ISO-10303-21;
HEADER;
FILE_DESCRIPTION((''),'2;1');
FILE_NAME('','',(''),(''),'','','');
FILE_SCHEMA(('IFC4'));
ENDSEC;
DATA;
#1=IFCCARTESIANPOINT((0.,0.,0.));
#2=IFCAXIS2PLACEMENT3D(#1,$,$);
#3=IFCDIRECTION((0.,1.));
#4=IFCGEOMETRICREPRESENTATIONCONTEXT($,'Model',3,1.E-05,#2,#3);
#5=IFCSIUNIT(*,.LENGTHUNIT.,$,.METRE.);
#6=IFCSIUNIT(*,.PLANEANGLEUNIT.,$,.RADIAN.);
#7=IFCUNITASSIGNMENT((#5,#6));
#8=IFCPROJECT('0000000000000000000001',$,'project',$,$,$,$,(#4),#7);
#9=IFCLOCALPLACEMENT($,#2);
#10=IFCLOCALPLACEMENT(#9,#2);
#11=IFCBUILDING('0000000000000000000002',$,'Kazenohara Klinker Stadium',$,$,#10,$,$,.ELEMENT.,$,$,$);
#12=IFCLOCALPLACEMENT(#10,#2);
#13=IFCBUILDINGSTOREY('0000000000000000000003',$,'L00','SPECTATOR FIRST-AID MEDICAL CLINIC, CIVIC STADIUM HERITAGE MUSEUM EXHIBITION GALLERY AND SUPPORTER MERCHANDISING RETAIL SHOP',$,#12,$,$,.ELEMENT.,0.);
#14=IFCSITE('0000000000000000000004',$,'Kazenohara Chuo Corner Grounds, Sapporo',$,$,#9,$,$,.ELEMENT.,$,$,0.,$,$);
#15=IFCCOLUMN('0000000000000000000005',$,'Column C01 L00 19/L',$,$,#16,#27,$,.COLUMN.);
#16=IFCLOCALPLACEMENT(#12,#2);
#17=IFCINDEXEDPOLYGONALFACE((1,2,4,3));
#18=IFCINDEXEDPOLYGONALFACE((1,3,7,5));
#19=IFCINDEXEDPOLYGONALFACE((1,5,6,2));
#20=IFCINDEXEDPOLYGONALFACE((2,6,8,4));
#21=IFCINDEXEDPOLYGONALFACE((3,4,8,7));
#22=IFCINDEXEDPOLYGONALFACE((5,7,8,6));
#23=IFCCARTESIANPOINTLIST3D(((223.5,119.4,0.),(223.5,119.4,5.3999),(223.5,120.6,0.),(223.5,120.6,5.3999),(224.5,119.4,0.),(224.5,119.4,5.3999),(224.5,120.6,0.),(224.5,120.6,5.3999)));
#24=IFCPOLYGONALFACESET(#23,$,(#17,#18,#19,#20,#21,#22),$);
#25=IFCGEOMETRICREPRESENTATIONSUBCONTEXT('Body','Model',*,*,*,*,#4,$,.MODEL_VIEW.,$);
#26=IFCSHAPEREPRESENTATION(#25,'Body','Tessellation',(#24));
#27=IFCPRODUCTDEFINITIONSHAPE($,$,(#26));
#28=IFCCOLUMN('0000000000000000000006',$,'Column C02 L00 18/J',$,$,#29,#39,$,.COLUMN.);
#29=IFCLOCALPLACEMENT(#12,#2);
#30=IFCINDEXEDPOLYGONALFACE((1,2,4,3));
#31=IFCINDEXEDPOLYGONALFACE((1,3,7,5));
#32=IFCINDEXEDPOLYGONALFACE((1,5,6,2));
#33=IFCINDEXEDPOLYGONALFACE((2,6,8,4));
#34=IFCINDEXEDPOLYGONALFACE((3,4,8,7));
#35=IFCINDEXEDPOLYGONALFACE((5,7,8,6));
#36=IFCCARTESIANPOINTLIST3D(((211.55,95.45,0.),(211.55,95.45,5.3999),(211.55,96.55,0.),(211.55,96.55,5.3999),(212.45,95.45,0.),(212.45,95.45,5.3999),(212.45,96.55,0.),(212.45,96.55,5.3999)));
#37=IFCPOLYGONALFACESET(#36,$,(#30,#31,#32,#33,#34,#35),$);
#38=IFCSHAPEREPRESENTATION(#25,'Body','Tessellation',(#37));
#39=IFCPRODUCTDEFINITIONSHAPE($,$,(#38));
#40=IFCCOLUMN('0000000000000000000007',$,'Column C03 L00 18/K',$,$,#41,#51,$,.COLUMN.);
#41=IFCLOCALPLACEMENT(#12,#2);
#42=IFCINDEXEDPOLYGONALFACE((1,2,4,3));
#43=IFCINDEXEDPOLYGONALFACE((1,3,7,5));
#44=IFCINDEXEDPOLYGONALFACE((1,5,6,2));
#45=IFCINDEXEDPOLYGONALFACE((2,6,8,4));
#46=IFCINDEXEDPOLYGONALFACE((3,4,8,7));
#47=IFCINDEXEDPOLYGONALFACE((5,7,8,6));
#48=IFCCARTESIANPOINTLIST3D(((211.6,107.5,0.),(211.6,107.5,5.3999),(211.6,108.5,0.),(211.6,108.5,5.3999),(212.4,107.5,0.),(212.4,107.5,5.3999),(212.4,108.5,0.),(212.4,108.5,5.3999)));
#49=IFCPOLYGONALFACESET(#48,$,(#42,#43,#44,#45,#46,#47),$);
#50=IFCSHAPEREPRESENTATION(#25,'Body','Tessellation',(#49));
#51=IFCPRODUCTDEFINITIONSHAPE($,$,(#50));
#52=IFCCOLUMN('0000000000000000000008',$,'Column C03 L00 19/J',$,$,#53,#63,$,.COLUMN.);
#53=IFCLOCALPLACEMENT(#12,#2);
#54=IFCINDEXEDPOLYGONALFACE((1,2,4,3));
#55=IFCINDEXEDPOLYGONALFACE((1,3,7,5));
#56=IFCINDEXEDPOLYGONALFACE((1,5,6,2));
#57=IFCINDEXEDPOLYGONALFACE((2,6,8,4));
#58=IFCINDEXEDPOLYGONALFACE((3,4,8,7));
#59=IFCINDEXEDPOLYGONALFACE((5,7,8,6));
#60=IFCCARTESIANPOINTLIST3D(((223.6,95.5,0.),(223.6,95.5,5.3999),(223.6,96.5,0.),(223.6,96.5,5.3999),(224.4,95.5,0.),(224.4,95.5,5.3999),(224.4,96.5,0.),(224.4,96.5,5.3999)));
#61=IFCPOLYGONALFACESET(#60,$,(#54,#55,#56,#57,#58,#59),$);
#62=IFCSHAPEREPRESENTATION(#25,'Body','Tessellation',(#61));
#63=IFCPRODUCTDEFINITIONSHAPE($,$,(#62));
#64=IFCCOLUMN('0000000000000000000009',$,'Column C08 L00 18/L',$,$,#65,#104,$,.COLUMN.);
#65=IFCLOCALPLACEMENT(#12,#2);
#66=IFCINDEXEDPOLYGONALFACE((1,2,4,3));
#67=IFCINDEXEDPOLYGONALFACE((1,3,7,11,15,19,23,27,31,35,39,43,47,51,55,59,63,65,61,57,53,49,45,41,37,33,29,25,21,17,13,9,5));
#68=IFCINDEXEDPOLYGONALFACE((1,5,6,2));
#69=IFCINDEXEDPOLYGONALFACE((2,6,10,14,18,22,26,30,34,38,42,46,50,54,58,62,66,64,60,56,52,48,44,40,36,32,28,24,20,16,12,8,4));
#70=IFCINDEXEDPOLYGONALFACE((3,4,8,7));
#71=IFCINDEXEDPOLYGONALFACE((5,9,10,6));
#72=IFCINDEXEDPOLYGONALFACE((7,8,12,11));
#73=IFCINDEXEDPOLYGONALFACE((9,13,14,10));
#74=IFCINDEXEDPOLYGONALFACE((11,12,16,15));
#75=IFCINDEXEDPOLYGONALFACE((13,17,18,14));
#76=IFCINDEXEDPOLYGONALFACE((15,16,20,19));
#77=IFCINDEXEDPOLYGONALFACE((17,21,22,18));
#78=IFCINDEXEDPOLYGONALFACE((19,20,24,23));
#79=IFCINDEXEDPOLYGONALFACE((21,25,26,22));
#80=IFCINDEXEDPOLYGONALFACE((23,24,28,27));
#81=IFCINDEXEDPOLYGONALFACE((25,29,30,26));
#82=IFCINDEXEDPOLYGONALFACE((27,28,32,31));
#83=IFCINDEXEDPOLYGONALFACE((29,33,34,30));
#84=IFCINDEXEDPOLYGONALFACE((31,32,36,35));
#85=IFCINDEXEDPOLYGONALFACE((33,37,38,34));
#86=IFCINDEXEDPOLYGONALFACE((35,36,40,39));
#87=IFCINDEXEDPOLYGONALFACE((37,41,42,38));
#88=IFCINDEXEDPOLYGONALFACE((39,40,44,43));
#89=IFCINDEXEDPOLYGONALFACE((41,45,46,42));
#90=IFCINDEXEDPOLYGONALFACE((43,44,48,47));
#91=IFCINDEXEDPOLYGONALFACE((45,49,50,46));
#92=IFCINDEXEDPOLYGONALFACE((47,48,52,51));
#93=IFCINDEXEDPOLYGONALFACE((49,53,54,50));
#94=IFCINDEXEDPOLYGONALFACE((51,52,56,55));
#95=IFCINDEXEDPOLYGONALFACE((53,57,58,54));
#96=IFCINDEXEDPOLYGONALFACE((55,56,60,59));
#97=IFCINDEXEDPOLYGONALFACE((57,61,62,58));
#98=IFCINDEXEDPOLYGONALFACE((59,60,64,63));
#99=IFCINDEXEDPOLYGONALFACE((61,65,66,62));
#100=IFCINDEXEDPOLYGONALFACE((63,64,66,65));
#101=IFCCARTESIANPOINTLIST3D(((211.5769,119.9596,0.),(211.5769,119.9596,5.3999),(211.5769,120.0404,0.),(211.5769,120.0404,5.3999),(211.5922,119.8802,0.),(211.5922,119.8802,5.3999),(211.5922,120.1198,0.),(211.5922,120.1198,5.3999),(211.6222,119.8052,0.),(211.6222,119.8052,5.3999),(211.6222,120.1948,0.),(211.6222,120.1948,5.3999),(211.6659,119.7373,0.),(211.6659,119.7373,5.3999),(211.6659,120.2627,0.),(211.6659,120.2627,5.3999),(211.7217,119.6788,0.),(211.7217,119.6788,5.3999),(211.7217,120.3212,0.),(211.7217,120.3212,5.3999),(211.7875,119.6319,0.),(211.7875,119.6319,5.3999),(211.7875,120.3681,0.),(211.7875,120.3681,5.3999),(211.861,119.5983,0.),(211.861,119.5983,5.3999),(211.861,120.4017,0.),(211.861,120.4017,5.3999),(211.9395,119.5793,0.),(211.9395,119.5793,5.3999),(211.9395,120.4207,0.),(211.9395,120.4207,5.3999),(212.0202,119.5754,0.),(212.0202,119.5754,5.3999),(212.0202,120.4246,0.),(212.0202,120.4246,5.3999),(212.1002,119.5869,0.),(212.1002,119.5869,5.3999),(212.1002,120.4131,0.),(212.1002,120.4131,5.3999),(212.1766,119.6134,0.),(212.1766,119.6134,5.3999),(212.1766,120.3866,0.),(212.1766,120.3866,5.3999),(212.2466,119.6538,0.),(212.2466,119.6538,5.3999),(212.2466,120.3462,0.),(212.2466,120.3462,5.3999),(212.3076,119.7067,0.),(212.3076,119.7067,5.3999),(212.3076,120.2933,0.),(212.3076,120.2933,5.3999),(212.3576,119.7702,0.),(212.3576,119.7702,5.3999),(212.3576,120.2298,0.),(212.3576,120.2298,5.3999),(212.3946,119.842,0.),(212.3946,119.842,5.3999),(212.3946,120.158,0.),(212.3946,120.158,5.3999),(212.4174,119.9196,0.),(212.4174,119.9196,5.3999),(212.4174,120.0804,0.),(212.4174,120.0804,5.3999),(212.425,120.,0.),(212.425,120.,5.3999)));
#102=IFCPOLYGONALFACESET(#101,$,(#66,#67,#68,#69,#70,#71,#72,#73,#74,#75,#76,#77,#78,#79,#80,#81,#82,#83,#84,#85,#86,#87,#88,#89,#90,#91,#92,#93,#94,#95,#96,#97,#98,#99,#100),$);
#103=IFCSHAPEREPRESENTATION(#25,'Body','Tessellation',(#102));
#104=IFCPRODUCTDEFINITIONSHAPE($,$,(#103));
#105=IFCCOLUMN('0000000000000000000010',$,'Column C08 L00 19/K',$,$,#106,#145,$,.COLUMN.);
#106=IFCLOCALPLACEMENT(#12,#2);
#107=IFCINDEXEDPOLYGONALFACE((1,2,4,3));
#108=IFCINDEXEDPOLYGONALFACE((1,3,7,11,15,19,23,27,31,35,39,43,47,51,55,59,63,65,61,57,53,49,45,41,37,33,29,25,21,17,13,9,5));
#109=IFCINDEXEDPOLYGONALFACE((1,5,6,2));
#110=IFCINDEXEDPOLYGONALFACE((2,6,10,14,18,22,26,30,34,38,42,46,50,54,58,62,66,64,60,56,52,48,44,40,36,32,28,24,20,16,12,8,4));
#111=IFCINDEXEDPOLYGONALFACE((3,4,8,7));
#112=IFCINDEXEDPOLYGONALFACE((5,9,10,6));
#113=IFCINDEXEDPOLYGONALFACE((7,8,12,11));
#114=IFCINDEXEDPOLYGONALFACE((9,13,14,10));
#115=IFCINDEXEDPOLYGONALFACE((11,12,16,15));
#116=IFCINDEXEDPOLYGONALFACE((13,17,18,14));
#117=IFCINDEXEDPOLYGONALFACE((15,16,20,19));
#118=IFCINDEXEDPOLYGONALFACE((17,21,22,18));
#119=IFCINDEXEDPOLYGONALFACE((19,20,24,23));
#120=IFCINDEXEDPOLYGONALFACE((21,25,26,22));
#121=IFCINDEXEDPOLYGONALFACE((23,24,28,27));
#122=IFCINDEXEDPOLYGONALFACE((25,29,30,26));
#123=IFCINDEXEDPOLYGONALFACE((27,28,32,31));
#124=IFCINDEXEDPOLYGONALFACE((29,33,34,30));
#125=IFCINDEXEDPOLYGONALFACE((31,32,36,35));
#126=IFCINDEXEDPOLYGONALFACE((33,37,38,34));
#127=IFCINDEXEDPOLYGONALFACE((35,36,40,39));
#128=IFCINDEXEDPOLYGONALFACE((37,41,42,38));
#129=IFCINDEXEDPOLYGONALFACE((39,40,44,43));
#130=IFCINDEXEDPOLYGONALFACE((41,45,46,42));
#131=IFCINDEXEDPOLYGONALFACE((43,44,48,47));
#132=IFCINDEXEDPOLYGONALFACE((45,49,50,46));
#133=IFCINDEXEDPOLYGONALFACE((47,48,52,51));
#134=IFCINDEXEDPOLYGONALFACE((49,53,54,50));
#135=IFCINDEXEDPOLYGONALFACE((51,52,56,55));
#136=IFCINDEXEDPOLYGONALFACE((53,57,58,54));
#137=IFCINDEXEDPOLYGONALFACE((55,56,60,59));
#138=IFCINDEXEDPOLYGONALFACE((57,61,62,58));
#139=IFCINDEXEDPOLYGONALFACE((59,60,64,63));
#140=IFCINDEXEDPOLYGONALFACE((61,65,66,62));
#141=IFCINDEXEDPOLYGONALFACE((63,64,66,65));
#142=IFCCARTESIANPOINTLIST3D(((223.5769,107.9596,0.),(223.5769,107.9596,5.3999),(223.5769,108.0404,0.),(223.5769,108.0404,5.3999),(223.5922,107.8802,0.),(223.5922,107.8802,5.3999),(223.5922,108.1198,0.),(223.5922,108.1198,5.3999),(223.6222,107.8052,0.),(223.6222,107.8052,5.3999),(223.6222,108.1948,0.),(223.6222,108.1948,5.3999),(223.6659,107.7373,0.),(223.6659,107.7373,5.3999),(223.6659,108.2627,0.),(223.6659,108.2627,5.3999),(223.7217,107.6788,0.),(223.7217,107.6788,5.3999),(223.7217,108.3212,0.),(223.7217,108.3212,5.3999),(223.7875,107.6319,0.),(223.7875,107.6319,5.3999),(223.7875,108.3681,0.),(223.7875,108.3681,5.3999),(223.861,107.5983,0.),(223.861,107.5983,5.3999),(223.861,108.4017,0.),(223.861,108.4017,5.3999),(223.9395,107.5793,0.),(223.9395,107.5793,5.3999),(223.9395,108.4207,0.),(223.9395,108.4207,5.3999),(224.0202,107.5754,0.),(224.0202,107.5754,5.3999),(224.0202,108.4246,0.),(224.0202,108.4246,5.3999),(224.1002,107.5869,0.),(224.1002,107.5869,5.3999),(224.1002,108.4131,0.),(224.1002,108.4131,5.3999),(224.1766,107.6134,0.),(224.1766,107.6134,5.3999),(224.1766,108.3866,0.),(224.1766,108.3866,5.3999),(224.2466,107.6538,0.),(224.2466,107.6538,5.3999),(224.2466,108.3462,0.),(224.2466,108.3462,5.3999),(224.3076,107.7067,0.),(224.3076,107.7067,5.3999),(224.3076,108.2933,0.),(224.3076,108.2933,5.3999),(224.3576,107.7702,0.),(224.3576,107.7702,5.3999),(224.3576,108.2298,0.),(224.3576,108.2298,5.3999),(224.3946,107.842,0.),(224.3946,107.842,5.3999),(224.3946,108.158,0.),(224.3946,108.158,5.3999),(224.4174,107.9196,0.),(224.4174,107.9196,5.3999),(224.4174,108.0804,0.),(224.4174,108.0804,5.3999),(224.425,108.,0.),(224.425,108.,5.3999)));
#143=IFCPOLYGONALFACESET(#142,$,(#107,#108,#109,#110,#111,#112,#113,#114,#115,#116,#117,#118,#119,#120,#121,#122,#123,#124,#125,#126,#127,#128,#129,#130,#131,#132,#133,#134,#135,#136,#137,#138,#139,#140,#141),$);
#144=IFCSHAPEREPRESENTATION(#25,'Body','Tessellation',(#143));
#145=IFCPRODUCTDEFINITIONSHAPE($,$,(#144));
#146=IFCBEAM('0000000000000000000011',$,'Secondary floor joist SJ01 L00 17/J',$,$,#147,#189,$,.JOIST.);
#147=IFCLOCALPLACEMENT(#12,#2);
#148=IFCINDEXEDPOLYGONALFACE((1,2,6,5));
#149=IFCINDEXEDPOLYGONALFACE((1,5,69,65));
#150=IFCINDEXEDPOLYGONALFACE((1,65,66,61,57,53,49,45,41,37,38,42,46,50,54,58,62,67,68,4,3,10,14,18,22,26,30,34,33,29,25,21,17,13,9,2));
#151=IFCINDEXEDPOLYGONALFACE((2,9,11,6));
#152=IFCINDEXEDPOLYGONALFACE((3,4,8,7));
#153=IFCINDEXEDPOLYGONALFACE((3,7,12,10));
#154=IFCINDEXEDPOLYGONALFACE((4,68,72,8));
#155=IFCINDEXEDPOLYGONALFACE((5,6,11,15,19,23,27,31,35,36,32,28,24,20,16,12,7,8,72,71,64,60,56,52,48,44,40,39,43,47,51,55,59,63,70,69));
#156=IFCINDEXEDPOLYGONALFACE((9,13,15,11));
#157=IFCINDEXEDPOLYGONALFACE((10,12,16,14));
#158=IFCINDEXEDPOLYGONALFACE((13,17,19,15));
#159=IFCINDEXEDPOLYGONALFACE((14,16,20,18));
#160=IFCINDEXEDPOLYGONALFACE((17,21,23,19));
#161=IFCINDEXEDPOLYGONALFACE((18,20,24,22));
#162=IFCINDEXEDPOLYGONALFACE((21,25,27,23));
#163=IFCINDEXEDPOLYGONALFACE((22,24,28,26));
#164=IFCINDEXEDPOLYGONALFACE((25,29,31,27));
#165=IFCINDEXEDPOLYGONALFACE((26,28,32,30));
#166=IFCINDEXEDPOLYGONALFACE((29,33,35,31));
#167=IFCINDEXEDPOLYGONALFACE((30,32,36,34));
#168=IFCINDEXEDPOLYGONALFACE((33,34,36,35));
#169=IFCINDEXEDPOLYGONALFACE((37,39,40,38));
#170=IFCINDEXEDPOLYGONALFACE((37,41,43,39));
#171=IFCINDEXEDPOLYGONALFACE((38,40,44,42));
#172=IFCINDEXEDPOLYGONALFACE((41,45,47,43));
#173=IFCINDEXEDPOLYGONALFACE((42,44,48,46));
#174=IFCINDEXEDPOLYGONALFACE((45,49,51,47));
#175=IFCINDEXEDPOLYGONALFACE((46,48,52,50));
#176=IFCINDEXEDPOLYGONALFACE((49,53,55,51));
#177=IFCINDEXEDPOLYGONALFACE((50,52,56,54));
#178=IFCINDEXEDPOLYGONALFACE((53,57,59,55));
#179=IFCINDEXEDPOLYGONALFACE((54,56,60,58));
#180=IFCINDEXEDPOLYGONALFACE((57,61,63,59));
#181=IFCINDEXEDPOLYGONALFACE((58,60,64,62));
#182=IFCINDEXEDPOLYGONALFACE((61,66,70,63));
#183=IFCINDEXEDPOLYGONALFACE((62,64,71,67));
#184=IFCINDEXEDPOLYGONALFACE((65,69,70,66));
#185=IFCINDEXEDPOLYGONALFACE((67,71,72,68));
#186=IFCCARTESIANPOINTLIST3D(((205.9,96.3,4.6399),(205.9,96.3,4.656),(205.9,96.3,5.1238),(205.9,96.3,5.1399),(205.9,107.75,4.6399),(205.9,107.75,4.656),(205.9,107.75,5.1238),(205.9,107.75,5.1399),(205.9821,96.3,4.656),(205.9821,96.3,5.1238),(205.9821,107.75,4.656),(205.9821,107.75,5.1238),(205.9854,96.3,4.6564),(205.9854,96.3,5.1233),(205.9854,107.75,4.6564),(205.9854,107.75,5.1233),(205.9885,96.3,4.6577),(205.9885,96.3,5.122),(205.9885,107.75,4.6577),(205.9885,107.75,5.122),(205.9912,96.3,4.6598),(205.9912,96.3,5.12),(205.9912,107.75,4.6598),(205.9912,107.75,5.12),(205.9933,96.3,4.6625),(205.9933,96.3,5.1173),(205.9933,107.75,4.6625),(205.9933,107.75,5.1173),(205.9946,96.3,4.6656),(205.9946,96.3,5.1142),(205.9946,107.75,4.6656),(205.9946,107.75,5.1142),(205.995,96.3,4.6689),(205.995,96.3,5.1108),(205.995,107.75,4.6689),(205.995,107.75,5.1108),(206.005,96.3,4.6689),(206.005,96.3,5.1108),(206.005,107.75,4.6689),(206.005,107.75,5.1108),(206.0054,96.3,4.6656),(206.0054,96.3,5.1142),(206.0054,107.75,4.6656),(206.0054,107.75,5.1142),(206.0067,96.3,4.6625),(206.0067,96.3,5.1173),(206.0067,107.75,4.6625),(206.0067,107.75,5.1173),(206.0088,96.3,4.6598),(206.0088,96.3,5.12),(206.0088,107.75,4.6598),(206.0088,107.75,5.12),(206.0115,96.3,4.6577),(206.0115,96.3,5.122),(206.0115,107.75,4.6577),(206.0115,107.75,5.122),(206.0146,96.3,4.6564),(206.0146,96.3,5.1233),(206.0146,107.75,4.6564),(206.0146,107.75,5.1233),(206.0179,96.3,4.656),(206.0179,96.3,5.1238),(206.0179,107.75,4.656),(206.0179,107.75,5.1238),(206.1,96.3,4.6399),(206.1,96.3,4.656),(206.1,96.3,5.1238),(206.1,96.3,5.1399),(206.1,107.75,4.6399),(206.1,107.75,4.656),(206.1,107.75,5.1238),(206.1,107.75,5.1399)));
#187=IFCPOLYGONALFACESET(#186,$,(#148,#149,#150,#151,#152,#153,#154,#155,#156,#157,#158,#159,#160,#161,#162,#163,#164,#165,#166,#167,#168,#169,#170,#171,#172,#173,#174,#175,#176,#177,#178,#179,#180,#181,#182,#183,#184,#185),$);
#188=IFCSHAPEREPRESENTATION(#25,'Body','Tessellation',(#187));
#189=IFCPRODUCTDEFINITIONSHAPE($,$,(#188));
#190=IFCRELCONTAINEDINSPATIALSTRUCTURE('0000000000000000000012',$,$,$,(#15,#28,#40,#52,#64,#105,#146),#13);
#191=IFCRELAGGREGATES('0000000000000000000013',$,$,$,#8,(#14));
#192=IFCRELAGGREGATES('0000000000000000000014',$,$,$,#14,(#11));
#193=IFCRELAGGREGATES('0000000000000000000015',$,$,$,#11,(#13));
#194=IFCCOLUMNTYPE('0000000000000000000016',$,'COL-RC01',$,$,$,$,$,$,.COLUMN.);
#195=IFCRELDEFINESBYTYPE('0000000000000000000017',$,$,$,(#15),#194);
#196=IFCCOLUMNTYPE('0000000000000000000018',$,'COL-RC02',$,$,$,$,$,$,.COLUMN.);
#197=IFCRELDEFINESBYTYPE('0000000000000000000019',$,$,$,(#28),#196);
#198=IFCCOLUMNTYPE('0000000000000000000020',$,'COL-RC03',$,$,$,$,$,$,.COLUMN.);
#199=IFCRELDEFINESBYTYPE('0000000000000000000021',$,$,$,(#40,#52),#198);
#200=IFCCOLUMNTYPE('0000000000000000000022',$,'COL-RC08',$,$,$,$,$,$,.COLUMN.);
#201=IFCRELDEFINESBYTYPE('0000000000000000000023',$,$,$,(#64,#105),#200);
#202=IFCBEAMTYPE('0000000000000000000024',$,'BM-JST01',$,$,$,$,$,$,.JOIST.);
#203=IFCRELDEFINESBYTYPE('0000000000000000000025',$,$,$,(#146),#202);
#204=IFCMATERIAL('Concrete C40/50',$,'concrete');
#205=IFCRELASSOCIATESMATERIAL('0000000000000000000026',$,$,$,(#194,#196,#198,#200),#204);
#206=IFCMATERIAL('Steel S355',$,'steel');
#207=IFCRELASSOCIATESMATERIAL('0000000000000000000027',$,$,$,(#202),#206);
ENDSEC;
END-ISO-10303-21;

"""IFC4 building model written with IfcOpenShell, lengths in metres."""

from ifc_helpers import new_model, si_unit, direction, frame, origin, origin_2d, place, context, subcontext, project, spatial, rectangle, circle, i_section, extrude, material, material_profile, profile_set, type_object, element, save


model = new_model("IFC4")

# Units and contexts
model_context = context("Model", 3, precision=1e-05, world=origin(), true_north=direction((0.0, 1.0)))
body_context = subcontext(model_context, "Body", "Model", "MODEL_VIEW")
ifc_project = project(units=[si_unit("LENGTHUNIT", "METRE"), si_unit("PLANEANGLEUNIT", "RADIAN")], contexts=[model_context])

# Site, building, storey
site_placement = place(None, origin())
site = spatial("IfcSite", under=ifc_project, at=site_placement, Name="Kazenohara Chuo Corner Grounds, Sapporo", CompositionType="ELEMENT", RefElevation=0.0)
building_placement = place(site_placement, origin())
building = spatial("IfcBuilding", under=site, at=building_placement, Name="Kazenohara Klinker Stadium", CompositionType="ELEMENT")
storey_placement = place(building_placement, origin())
storey = spatial("IfcBuildingStorey", under=building, at=storey_placement, Name="L00", Description="SPECTATOR FIRST-AID MEDICAL CLINIC, CIVIC STADIUM HERITAGE MUSEUM EXHIBITION GALLERY AND SUPPORTER MERCHANDISING RETAIL SHOP", CompositionType="ELEMENT", Elevation=0.0)

# Columns
ifc_material_1 = material(Name="Concrete C40/50", Category="concrete")
ifc_material_profile_1 = material_profile(ifc_material_1, rectangle(XDim=1.0, YDim=1.2, at=origin_2d()), Name="RC-COL-1200x1000")
ifc_profile_set_1 = profile_set([ifc_material_profile_1], Name="Concrete C40/50")
column_type_1 = type_object("IfcColumnType", Name="COL-RC01", PredefinedType="COLUMN", material=ifc_profile_set_1)
column_1_placement = place(storey_placement, frame((224.0, 120.0, 0.0), z_axis=(0.0, 0.0, 1.0), x_axis=(1.0, 0.0, 0.0)))
element("IfcColumn", 1, at=column_1_placement, inside=storey, type_object=column_type_1, Name="Column C01 L00 19/L", PredefinedType="COLUMN", context=body_context, shape_type="SweptSolid", body=[
    extrude(rectangle(XDim=1.0, YDim=1.2, at=origin_2d()), origin(), (0.0, 0.0, 1.0), 5.3999),
])
ifc_material_profile_2 = material_profile(ifc_material_1, rectangle(XDim=0.8999, YDim=1.1001, at=origin_2d()), Name="RC-COL-1100x900")
ifc_profile_set_2 = profile_set([ifc_material_profile_2], Name="Concrete C40/50")
column_type_2 = type_object("IfcColumnType", Name="COL-RC02", PredefinedType="COLUMN", material=ifc_profile_set_2)
column_2_placement = place(storey_placement, frame((212.0, 96.0, 0.0), z_axis=(0.0, 0.0, 1.0), x_axis=(1.0, 0.0, 0.0)))
element("IfcColumn", 2, at=column_2_placement, inside=storey, type_object=column_type_2, Name="Column C02 L00 18/J", PredefinedType="COLUMN", context=body_context, shape_type="SweptSolid", body=[
    extrude(rectangle(XDim=0.8999, YDim=1.1001, at=origin_2d()), origin(), (0.0, 0.0, 1.0), 5.3999),
])
ifc_material_profile_3 = material_profile(ifc_material_1, rectangle(XDim=0.8, YDim=1.0, at=origin_2d()), Name="RC-COL-1000x800")
ifc_profile_set_3 = profile_set([ifc_material_profile_3], Name="Concrete C40/50")
column_type_3 = type_object("IfcColumnType", Name="COL-RC03", PredefinedType="COLUMN", material=ifc_profile_set_3)
for number, where, z_axis, x_axis, name in (
    (3, (212.0, 108.0, 0.0), (0.0, 0.0, 1.0), (1.0, 0.0, 0.0), "Column C03 L00 18/K"),
    (4, (224.0, 96.0, 0.0), (0.0, 0.0, 1.0), (1.0, 0.0, 0.0), "Column C03 L00 19/J"),
):
    element("IfcColumn", number, at=place(storey_placement, frame(where, z_axis=z_axis, x_axis=x_axis)), inside=storey, type_object=column_type_3, Name=name, PredefinedType="COLUMN", context=body_context, shape_type="SweptSolid", body=[
        extrude(rectangle(XDim=0.8, YDim=1.0, at=origin_2d()), origin(), (0.0, 0.0, 1.0), 5.3999),
    ])
ifc_material_profile_4 = material_profile(ifc_material_1, circle(Radius=0.425, at=origin_2d()), Name="RC-COL-D850")
ifc_profile_set_4 = profile_set([ifc_material_profile_4], Name="Concrete C40/50")
column_type_4 = type_object("IfcColumnType", Name="COL-RC08", PredefinedType="COLUMN", material=ifc_profile_set_4)
for number, where, z_axis, x_axis, name in (
    (5, (212.0, 120.0, 0.0), (0.0, 0.0, 1.0), (1.0, 0.0, 0.0), "Column C08 L00 18/L"),
    (6, (224.0, 108.0, 0.0), (0.0, 0.0, 1.0), (1.0, 0.0, 0.0), "Column C08 L00 19/K"),
):
    element("IfcColumn", number, at=place(storey_placement, frame(where, z_axis=z_axis, x_axis=x_axis)), inside=storey, type_object=column_type_4, Name=name, PredefinedType="COLUMN", context=body_context, shape_type="SweptSolid", body=[
        extrude(circle(Radius=0.425, at=origin_2d()), origin(), (0.0, 0.0, 1.0), 5.3999),
    ])

# Beam
ifc_material_2 = material(Name="Steel S355", Category="steel")
ifc_material_profile_5 = material_profile(ifc_material_2, i_section(OverallWidth=0.2, OverallDepth=0.5, WebThickness=0.01, FlangeThickness=0.0161, FilletRadius=0.0129, at=origin_2d()), Name="H-500x200x10x16")
ifc_profile_set_5 = profile_set([ifc_material_profile_5], Name="Steel S355")
beam_type_1 = type_object("IfcBeamType", Name="BM-JST01", PredefinedType="JOIST", material=ifc_profile_set_5)
beam_1_placement = place(storey_placement, frame((206.0, 96.3, 4.8899), z_axis=(0.0, 1.0, 0.0), x_axis=(-1.0, 0.0, 0.0)))
element("IfcBeam", 7, at=beam_1_placement, inside=storey, type_object=beam_type_1, Name="Secondary floor joist SJ01 L00 17/J", PredefinedType="JOIST", context=body_context, shape_type="SweptSolid", body=[
    extrude(i_section(OverallWidth=0.2, OverallDepth=0.5, WebThickness=0.01, FlangeThickness=0.0161, FilletRadius=0.0129, at=origin_2d()), origin(), (0.0, 0.0, 1.0), 11.45),
])

save(model, "model.ifc")
